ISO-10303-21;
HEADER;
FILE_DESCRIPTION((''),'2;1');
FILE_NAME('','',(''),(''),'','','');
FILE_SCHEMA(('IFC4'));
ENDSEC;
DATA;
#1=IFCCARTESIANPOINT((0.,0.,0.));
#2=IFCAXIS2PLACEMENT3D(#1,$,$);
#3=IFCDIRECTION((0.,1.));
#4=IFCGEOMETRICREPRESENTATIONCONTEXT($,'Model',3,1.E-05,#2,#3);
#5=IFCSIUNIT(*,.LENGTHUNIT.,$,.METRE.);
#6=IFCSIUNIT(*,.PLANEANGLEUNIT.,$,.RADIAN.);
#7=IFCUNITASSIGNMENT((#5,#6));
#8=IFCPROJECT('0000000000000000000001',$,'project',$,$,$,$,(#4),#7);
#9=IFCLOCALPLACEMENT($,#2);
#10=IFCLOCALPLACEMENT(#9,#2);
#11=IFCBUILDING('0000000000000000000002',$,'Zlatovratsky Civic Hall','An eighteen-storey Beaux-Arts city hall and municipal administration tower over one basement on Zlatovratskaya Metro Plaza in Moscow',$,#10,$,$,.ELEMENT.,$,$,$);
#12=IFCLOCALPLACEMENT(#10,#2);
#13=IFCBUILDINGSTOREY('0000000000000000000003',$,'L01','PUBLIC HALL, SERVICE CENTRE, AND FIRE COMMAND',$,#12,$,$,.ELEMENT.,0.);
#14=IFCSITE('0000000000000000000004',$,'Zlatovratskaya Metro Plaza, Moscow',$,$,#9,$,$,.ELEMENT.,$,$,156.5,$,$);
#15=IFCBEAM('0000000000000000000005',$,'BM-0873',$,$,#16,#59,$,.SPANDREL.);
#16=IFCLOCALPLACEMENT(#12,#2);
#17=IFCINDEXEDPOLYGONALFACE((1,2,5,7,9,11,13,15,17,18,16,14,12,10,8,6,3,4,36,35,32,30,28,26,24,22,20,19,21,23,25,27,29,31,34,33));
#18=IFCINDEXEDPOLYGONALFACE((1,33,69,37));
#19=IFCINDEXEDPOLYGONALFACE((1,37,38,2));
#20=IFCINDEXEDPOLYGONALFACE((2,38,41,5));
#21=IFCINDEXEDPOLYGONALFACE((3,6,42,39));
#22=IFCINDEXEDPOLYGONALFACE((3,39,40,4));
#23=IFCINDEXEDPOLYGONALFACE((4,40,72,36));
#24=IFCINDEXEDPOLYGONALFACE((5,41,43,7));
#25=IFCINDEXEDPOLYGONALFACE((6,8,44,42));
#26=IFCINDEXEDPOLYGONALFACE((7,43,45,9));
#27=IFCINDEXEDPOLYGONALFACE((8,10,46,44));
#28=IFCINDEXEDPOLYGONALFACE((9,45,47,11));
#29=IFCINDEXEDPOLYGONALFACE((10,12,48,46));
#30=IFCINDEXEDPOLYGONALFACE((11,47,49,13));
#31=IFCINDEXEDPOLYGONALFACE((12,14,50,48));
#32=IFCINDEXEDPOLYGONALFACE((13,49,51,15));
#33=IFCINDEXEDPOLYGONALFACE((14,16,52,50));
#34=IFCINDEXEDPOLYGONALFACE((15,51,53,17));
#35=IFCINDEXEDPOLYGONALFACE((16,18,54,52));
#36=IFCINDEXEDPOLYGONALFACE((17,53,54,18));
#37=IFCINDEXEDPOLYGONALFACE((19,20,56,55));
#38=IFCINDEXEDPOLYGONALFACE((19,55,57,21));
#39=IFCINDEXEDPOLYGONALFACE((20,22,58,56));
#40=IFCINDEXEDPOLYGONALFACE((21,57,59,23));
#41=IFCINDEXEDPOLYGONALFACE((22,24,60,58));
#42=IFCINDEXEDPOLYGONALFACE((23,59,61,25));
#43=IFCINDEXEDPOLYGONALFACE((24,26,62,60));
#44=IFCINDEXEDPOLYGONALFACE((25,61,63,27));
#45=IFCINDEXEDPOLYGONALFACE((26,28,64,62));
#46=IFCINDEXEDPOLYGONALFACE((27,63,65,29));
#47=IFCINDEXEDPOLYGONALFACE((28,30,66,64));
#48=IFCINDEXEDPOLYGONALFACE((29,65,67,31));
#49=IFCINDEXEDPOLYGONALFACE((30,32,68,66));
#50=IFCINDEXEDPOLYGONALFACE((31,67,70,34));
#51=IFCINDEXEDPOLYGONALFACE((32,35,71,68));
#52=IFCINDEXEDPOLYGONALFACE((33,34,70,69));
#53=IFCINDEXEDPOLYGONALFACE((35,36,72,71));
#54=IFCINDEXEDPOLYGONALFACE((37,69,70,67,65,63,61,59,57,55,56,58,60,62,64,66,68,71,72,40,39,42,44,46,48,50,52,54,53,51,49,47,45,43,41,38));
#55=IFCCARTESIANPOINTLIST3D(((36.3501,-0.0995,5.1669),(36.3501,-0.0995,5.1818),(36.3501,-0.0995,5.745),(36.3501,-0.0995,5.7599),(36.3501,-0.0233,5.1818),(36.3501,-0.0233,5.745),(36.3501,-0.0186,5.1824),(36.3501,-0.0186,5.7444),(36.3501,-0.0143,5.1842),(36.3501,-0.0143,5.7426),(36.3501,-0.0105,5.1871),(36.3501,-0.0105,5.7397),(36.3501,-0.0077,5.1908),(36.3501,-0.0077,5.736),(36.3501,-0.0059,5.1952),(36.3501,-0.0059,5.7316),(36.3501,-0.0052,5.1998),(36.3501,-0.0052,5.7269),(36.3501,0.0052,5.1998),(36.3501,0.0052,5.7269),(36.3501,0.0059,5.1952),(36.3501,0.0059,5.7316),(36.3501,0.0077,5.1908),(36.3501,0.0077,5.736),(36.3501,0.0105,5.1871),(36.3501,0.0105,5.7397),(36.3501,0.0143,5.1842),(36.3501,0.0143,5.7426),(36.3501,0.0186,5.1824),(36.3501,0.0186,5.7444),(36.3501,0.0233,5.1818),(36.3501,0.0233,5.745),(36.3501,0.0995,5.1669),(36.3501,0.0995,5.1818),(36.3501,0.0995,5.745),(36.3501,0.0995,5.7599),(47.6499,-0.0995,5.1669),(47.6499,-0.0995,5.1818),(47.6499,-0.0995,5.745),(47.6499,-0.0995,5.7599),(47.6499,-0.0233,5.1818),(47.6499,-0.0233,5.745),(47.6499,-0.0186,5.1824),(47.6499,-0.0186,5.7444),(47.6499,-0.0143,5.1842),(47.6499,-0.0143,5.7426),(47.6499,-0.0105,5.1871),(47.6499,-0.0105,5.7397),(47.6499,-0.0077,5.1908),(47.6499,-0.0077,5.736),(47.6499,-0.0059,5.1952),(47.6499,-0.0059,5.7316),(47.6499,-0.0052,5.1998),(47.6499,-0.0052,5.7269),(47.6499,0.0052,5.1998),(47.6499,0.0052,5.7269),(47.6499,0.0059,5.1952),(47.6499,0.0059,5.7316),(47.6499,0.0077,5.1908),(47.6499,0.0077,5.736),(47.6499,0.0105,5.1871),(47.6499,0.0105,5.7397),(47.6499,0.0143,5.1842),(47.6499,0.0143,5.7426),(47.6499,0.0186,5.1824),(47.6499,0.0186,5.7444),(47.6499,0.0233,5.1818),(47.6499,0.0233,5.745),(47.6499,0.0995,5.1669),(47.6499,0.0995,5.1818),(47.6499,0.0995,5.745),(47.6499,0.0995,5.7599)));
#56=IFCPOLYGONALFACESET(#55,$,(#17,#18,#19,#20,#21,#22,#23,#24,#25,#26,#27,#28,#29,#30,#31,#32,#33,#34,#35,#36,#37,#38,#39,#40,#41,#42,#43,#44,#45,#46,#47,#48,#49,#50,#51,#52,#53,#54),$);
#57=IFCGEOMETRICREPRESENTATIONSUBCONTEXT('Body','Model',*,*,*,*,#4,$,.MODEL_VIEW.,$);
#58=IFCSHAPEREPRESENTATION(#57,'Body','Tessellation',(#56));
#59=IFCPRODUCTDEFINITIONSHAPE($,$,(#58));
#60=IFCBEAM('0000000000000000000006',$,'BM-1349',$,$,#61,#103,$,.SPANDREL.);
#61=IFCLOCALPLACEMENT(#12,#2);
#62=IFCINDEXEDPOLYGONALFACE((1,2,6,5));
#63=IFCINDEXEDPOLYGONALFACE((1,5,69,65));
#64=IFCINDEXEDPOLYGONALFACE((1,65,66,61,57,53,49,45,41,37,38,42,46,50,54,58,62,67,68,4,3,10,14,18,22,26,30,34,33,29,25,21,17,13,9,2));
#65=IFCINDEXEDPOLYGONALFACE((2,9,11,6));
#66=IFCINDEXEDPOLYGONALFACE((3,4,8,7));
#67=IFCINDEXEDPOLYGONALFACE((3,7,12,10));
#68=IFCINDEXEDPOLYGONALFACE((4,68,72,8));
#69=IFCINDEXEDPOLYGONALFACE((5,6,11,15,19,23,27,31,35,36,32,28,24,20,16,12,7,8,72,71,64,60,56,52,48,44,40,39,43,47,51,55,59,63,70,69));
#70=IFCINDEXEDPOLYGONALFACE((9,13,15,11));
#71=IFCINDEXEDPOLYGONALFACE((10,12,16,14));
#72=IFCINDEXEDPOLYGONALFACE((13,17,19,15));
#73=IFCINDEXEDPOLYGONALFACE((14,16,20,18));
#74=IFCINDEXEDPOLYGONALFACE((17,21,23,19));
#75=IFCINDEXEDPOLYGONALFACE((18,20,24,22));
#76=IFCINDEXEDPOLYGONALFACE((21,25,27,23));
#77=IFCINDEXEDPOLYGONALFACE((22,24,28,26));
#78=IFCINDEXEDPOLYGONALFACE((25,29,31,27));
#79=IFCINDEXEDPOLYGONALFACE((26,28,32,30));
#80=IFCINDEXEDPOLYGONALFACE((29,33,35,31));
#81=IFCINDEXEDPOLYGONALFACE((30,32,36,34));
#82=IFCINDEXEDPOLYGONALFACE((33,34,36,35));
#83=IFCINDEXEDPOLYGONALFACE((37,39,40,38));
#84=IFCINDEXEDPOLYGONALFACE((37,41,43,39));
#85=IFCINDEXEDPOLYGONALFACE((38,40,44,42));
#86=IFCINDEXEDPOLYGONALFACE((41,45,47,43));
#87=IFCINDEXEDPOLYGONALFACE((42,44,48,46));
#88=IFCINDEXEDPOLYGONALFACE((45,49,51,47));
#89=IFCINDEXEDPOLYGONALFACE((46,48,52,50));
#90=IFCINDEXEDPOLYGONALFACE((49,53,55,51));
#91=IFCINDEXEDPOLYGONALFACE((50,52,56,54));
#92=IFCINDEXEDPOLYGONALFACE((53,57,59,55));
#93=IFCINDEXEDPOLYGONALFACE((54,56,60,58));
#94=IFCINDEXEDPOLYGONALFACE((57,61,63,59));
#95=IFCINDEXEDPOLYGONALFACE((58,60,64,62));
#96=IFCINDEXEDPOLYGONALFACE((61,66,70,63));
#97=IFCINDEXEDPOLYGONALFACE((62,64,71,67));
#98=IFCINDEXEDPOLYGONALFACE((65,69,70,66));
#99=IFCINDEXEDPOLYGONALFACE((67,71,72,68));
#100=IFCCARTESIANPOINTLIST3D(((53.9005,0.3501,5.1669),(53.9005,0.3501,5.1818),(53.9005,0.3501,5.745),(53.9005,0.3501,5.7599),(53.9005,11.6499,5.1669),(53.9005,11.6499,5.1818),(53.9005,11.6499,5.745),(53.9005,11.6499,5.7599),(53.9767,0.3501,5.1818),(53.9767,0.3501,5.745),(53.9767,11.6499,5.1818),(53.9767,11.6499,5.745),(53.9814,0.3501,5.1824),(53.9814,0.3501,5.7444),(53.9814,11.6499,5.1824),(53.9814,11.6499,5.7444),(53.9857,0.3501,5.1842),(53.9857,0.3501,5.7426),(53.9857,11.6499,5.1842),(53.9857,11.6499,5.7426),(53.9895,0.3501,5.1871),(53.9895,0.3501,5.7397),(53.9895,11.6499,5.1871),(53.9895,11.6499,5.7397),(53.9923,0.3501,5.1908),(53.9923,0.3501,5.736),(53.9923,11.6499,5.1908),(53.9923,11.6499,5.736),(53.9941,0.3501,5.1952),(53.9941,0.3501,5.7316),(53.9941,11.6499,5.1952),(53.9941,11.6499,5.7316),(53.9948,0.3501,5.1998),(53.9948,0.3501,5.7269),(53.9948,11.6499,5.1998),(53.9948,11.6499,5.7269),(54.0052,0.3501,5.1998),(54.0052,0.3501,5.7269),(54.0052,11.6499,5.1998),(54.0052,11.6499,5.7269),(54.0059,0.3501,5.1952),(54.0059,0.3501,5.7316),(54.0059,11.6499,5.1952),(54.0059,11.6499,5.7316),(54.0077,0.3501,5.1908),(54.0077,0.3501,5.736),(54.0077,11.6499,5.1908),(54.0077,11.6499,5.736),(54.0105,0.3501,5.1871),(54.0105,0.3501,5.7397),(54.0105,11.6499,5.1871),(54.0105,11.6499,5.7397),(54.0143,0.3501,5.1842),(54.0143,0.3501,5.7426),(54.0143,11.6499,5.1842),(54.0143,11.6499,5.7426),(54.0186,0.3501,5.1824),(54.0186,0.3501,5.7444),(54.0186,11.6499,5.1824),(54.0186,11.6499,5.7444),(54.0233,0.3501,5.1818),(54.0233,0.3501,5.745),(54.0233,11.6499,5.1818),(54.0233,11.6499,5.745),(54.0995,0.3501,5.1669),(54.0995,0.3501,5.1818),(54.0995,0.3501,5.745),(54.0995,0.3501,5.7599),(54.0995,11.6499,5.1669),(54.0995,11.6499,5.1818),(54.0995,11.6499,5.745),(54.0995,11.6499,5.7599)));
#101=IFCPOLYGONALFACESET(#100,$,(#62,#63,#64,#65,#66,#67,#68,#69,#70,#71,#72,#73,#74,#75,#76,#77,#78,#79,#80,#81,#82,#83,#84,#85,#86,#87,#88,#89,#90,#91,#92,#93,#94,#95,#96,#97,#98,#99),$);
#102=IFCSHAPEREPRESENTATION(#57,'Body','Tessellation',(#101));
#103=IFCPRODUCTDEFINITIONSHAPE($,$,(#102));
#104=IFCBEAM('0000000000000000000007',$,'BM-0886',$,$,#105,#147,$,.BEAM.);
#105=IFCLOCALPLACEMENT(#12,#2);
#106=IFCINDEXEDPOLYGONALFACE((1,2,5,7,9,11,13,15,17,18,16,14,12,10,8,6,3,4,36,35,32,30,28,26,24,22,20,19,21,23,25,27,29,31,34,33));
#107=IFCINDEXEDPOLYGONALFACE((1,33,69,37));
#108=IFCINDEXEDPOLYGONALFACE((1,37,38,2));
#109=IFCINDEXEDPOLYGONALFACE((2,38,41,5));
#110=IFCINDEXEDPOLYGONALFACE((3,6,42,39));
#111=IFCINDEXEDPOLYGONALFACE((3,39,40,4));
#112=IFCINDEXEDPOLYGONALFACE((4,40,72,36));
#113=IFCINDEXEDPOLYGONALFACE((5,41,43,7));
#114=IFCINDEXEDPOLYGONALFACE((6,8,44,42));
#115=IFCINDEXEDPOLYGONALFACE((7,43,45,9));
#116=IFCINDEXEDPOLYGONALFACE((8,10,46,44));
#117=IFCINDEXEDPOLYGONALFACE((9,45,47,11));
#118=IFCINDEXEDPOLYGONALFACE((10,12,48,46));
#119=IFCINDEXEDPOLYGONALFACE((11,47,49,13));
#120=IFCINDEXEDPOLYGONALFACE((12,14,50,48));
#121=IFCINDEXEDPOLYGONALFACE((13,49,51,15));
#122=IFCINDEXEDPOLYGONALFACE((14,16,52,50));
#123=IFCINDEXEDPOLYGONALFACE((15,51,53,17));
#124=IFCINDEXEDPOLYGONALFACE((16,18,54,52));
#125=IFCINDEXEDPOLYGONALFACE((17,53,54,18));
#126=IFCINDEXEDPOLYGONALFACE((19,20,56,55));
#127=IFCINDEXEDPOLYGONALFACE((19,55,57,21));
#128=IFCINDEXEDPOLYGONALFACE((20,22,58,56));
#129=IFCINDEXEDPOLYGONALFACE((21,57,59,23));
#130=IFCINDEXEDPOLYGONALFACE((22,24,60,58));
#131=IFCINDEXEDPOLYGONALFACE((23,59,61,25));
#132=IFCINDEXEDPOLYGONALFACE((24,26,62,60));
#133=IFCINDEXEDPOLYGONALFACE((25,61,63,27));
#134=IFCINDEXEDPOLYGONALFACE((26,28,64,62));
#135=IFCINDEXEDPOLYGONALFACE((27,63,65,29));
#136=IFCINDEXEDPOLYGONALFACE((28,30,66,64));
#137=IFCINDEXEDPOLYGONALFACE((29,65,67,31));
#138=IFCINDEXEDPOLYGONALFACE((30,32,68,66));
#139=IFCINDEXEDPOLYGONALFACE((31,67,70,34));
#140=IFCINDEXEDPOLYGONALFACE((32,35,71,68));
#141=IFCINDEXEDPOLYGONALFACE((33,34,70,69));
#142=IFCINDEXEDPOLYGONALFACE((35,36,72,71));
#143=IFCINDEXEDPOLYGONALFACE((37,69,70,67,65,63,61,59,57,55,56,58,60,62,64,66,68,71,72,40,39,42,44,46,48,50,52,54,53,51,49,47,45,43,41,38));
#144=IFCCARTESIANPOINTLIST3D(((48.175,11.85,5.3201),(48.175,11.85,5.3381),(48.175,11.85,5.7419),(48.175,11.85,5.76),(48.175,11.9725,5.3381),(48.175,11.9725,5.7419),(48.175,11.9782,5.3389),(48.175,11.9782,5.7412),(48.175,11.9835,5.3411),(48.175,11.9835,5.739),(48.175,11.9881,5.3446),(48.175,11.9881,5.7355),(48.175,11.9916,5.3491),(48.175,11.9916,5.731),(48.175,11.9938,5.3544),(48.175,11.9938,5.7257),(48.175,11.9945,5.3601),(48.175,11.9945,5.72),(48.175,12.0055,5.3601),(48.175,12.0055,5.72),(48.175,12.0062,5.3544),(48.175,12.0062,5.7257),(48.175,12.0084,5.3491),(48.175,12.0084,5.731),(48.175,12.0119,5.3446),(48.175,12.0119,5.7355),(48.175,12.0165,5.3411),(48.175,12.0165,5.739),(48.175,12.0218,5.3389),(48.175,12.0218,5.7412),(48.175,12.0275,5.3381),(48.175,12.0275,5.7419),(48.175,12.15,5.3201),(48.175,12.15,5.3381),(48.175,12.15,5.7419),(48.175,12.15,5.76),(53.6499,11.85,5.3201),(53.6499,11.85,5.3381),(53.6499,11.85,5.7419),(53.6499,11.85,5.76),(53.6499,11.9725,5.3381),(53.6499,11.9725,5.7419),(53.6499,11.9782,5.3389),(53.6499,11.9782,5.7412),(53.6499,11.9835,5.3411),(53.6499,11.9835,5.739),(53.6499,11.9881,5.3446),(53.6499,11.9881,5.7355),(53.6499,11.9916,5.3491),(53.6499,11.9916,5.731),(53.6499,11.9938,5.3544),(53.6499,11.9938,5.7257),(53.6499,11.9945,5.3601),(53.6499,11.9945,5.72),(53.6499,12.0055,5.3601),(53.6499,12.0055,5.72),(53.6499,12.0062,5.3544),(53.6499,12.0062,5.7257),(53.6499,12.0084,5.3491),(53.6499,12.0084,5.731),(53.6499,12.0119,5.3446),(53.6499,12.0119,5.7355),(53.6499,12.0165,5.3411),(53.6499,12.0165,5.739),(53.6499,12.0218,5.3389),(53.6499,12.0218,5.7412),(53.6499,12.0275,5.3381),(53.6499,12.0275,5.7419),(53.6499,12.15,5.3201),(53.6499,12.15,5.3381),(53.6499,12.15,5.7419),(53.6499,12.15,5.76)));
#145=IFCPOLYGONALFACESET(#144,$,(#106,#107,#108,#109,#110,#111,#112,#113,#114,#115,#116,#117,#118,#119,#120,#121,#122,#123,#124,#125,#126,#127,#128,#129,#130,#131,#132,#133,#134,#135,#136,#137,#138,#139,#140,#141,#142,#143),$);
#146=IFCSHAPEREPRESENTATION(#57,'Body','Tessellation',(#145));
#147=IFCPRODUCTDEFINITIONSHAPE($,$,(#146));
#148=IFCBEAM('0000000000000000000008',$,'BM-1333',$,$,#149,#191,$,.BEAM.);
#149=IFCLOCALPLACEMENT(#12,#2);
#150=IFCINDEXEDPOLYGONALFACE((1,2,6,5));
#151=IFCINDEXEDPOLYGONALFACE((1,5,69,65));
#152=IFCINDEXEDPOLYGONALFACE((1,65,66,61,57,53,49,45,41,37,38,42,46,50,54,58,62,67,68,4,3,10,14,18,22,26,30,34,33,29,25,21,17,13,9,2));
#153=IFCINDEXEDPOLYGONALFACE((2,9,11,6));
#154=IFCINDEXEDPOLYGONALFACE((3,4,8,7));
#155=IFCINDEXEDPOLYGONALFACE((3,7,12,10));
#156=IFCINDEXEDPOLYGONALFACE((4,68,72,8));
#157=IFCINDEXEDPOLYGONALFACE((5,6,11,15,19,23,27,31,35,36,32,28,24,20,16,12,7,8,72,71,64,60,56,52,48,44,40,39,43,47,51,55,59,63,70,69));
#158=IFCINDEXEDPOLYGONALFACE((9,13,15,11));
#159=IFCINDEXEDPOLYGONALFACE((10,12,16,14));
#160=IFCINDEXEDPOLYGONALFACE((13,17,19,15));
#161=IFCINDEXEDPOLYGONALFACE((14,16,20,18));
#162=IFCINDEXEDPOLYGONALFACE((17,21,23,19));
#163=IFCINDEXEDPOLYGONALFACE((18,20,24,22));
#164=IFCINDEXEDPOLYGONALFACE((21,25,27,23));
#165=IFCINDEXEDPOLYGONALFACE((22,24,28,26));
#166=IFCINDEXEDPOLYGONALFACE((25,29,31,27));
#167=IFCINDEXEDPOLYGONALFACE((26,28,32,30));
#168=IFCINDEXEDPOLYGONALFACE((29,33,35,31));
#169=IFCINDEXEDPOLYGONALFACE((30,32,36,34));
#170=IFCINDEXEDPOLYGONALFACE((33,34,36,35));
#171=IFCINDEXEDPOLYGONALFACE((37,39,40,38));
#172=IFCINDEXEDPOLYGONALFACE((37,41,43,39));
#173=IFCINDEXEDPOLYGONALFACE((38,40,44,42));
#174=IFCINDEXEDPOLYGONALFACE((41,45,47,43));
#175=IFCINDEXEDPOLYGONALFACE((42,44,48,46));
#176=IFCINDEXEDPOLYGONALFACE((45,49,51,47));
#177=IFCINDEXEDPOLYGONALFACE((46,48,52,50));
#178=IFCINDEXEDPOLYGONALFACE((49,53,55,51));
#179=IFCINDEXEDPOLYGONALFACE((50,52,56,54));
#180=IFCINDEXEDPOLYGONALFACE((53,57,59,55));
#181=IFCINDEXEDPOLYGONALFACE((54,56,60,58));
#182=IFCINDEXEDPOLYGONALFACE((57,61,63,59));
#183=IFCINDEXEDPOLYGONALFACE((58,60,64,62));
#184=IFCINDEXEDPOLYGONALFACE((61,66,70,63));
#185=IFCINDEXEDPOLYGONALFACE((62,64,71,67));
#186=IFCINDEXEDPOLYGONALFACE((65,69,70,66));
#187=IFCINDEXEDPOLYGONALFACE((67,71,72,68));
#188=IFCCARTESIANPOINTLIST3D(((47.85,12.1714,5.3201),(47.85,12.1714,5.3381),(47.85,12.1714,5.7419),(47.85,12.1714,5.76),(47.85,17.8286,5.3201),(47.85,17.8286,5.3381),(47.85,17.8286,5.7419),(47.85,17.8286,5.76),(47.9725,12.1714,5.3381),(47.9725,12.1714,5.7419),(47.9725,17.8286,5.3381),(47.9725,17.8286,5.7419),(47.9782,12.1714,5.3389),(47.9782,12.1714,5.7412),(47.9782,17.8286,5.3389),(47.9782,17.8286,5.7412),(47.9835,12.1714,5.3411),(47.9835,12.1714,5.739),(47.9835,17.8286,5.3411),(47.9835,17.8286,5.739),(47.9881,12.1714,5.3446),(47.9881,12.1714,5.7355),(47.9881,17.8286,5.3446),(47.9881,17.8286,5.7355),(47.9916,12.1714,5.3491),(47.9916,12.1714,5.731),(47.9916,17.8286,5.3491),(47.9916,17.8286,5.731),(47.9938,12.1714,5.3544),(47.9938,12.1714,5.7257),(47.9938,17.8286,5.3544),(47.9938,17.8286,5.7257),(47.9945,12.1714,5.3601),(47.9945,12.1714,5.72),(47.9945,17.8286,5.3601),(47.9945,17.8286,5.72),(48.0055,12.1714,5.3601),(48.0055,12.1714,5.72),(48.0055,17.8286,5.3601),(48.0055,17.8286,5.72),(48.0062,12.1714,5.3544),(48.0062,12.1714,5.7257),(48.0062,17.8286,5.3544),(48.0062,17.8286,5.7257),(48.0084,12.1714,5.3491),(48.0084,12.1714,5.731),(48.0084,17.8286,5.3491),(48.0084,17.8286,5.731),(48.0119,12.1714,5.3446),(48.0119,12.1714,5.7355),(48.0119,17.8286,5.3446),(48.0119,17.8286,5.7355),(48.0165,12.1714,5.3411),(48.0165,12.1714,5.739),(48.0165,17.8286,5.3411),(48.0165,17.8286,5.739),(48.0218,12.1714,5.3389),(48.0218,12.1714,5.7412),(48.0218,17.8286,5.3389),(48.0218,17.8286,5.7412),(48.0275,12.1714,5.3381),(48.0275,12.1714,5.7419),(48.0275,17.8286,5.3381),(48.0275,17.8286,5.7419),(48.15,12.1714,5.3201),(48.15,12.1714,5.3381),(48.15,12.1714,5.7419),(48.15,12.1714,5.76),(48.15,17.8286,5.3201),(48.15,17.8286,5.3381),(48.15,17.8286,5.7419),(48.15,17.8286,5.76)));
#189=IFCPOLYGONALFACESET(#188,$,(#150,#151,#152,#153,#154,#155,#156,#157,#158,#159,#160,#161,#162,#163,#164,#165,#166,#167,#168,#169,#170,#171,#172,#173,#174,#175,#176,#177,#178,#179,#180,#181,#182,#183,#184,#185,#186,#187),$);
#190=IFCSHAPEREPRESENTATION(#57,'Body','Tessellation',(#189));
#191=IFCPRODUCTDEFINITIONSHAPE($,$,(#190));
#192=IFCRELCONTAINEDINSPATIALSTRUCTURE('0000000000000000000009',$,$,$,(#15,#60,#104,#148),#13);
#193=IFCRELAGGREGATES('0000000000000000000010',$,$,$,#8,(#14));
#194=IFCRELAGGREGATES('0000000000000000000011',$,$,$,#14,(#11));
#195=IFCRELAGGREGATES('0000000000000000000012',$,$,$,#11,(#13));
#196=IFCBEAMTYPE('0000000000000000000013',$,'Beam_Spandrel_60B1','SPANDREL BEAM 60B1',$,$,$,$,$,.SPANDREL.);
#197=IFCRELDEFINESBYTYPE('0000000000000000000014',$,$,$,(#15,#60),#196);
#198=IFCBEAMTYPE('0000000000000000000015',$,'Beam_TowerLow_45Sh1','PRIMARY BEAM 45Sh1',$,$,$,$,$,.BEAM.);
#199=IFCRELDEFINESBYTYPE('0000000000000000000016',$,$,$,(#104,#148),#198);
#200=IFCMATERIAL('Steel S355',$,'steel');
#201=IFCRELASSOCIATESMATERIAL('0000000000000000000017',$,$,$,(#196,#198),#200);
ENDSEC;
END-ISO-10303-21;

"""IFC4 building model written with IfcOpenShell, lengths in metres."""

from ifc_helpers import new_model, si_unit, direction, frame, origin, origin_2d, place, context, subcontext, project, spatial, i_section, extrude, material, material_profile, profile_set, type_object, element, save


model = new_model("IFC4")

# Units and contexts
model_context = context("Model", 3, precision=1e-05, world=origin(), true_north=direction((0.0, 1.0)))
body_context = subcontext(model_context, "Body", "Model", "MODEL_VIEW")
ifc_project = project(units=[si_unit("LENGTHUNIT", "METRE"), si_unit("PLANEANGLEUNIT", "RADIAN")], contexts=[model_context])

# Site, building, storey
site_placement = place(None, origin())
site = spatial("IfcSite", under=ifc_project, at=site_placement, Name="Zlatovratskaya Metro Plaza, Moscow", CompositionType="ELEMENT", RefElevation=156.5)
building_placement = place(site_placement, origin())
building = spatial("IfcBuilding", under=site, at=building_placement, Name="Zlatovratsky Civic Hall", Description="An eighteen-storey Beaux-Arts city hall and municipal administration tower over one basement on Zlatovratskaya Metro Plaza in Moscow", CompositionType="ELEMENT")
storey_placement = place(building_placement, origin())
storey = spatial("IfcBuildingStorey", under=building, at=storey_placement, Name="L01", Description="PUBLIC HALL, SERVICE CENTRE, AND FIRE COMMAND", CompositionType="ELEMENT", Elevation=0.0)

# Shared definitions
ifc_material_1 = material(Name="Steel S355", Category="steel")

# Beams
ifc_material_profile_1 = material_profile(ifc_material_1, i_section(OverallWidth=0.199, OverallDepth=0.593, WebThickness=0.0105, FlangeThickness=0.0149, FilletRadius=0.0181, at=origin_2d()), Name="60B1")
ifc_profile_set_1 = profile_set([ifc_material_profile_1], Name="Steel S355")
beam_type_1 = type_object("IfcBeamType", Name="Beam_Spandrel_60B1", Description="SPANDREL BEAM 60B1", PredefinedType="SPANDREL", material=ifc_profile_set_1)
for number, where, z_axis, x_axis, name in (
    (1, (36.3501, 0.0, 5.4634), (1.0, 0.0, 0.0), (0.0, 1.0, 0.0), "BM-0873"),
    (2, (54.0, 0.3501, 5.4634), (0.0, 1.0, 0.0), (-1.0, 0.0, 0.0), "BM-1349"),
):
    element("IfcBeam", number, at=place(storey_placement, frame(where, z_axis=z_axis, x_axis=x_axis)), inside=storey, type_object=beam_type_1, Name=name, PredefinedType="SPANDREL", context=body_context, shape_type="SweptSolid", body=[
        extrude(i_section(OverallWidth=0.199, OverallDepth=0.593, WebThickness=0.0105, FlangeThickness=0.0149, FilletRadius=0.0181, at=origin_2d()), origin(), (0.0, 0.0, 1.0), 11.2998),
    ])
ifc_material_profile_2 = material_profile(ifc_material_1, i_section(OverallWidth=0.3, OverallDepth=0.4399, WebThickness=0.011, FlangeThickness=0.0181, FilletRadius=0.022, at=origin_2d()), Name="45Sh1")
ifc_profile_set_2 = profile_set([ifc_material_profile_2], Name="Steel S355")
beam_type_2 = type_object("IfcBeamType", Name="Beam_TowerLow_45Sh1", Description="PRIMARY BEAM 45Sh1", PredefinedType="BEAM", material=ifc_profile_set_2)
beam_1_placement = place(storey_placement, frame((48.175, 12.0, 5.54), z_axis=(1.0, 0.0, 0.0), x_axis=(0.0, 1.0, 0.0)))
element("IfcBeam", 3, at=beam_1_placement, inside=storey, type_object=beam_type_2, Name="BM-0886", PredefinedType="BEAM", context=body_context, shape_type="SweptSolid", body=[
    extrude(i_section(OverallWidth=0.3, OverallDepth=0.4399, WebThickness=0.011, FlangeThickness=0.0181, FilletRadius=0.022, at=origin_2d()), origin(), (0.0, 0.0, 1.0), 5.4749),
])
beam_2_placement = place(storey_placement, frame((48.0, 12.1714, 5.54), z_axis=(0.0, 1.0, 0.0), x_axis=(-1.0, 0.0, 0.0)))
element("IfcBeam", 4, at=beam_2_placement, inside=storey, type_object=beam_type_2, Name="BM-1333", PredefinedType="BEAM", context=body_context, shape_type="SweptSolid", body=[
    extrude(i_section(OverallWidth=0.3, OverallDepth=0.4399, WebThickness=0.011, FlangeThickness=0.0181, FilletRadius=0.022, at=origin_2d()), origin(), (0.0, 0.0, 1.0), 5.6572),
])

save(model, "model.ifc")
